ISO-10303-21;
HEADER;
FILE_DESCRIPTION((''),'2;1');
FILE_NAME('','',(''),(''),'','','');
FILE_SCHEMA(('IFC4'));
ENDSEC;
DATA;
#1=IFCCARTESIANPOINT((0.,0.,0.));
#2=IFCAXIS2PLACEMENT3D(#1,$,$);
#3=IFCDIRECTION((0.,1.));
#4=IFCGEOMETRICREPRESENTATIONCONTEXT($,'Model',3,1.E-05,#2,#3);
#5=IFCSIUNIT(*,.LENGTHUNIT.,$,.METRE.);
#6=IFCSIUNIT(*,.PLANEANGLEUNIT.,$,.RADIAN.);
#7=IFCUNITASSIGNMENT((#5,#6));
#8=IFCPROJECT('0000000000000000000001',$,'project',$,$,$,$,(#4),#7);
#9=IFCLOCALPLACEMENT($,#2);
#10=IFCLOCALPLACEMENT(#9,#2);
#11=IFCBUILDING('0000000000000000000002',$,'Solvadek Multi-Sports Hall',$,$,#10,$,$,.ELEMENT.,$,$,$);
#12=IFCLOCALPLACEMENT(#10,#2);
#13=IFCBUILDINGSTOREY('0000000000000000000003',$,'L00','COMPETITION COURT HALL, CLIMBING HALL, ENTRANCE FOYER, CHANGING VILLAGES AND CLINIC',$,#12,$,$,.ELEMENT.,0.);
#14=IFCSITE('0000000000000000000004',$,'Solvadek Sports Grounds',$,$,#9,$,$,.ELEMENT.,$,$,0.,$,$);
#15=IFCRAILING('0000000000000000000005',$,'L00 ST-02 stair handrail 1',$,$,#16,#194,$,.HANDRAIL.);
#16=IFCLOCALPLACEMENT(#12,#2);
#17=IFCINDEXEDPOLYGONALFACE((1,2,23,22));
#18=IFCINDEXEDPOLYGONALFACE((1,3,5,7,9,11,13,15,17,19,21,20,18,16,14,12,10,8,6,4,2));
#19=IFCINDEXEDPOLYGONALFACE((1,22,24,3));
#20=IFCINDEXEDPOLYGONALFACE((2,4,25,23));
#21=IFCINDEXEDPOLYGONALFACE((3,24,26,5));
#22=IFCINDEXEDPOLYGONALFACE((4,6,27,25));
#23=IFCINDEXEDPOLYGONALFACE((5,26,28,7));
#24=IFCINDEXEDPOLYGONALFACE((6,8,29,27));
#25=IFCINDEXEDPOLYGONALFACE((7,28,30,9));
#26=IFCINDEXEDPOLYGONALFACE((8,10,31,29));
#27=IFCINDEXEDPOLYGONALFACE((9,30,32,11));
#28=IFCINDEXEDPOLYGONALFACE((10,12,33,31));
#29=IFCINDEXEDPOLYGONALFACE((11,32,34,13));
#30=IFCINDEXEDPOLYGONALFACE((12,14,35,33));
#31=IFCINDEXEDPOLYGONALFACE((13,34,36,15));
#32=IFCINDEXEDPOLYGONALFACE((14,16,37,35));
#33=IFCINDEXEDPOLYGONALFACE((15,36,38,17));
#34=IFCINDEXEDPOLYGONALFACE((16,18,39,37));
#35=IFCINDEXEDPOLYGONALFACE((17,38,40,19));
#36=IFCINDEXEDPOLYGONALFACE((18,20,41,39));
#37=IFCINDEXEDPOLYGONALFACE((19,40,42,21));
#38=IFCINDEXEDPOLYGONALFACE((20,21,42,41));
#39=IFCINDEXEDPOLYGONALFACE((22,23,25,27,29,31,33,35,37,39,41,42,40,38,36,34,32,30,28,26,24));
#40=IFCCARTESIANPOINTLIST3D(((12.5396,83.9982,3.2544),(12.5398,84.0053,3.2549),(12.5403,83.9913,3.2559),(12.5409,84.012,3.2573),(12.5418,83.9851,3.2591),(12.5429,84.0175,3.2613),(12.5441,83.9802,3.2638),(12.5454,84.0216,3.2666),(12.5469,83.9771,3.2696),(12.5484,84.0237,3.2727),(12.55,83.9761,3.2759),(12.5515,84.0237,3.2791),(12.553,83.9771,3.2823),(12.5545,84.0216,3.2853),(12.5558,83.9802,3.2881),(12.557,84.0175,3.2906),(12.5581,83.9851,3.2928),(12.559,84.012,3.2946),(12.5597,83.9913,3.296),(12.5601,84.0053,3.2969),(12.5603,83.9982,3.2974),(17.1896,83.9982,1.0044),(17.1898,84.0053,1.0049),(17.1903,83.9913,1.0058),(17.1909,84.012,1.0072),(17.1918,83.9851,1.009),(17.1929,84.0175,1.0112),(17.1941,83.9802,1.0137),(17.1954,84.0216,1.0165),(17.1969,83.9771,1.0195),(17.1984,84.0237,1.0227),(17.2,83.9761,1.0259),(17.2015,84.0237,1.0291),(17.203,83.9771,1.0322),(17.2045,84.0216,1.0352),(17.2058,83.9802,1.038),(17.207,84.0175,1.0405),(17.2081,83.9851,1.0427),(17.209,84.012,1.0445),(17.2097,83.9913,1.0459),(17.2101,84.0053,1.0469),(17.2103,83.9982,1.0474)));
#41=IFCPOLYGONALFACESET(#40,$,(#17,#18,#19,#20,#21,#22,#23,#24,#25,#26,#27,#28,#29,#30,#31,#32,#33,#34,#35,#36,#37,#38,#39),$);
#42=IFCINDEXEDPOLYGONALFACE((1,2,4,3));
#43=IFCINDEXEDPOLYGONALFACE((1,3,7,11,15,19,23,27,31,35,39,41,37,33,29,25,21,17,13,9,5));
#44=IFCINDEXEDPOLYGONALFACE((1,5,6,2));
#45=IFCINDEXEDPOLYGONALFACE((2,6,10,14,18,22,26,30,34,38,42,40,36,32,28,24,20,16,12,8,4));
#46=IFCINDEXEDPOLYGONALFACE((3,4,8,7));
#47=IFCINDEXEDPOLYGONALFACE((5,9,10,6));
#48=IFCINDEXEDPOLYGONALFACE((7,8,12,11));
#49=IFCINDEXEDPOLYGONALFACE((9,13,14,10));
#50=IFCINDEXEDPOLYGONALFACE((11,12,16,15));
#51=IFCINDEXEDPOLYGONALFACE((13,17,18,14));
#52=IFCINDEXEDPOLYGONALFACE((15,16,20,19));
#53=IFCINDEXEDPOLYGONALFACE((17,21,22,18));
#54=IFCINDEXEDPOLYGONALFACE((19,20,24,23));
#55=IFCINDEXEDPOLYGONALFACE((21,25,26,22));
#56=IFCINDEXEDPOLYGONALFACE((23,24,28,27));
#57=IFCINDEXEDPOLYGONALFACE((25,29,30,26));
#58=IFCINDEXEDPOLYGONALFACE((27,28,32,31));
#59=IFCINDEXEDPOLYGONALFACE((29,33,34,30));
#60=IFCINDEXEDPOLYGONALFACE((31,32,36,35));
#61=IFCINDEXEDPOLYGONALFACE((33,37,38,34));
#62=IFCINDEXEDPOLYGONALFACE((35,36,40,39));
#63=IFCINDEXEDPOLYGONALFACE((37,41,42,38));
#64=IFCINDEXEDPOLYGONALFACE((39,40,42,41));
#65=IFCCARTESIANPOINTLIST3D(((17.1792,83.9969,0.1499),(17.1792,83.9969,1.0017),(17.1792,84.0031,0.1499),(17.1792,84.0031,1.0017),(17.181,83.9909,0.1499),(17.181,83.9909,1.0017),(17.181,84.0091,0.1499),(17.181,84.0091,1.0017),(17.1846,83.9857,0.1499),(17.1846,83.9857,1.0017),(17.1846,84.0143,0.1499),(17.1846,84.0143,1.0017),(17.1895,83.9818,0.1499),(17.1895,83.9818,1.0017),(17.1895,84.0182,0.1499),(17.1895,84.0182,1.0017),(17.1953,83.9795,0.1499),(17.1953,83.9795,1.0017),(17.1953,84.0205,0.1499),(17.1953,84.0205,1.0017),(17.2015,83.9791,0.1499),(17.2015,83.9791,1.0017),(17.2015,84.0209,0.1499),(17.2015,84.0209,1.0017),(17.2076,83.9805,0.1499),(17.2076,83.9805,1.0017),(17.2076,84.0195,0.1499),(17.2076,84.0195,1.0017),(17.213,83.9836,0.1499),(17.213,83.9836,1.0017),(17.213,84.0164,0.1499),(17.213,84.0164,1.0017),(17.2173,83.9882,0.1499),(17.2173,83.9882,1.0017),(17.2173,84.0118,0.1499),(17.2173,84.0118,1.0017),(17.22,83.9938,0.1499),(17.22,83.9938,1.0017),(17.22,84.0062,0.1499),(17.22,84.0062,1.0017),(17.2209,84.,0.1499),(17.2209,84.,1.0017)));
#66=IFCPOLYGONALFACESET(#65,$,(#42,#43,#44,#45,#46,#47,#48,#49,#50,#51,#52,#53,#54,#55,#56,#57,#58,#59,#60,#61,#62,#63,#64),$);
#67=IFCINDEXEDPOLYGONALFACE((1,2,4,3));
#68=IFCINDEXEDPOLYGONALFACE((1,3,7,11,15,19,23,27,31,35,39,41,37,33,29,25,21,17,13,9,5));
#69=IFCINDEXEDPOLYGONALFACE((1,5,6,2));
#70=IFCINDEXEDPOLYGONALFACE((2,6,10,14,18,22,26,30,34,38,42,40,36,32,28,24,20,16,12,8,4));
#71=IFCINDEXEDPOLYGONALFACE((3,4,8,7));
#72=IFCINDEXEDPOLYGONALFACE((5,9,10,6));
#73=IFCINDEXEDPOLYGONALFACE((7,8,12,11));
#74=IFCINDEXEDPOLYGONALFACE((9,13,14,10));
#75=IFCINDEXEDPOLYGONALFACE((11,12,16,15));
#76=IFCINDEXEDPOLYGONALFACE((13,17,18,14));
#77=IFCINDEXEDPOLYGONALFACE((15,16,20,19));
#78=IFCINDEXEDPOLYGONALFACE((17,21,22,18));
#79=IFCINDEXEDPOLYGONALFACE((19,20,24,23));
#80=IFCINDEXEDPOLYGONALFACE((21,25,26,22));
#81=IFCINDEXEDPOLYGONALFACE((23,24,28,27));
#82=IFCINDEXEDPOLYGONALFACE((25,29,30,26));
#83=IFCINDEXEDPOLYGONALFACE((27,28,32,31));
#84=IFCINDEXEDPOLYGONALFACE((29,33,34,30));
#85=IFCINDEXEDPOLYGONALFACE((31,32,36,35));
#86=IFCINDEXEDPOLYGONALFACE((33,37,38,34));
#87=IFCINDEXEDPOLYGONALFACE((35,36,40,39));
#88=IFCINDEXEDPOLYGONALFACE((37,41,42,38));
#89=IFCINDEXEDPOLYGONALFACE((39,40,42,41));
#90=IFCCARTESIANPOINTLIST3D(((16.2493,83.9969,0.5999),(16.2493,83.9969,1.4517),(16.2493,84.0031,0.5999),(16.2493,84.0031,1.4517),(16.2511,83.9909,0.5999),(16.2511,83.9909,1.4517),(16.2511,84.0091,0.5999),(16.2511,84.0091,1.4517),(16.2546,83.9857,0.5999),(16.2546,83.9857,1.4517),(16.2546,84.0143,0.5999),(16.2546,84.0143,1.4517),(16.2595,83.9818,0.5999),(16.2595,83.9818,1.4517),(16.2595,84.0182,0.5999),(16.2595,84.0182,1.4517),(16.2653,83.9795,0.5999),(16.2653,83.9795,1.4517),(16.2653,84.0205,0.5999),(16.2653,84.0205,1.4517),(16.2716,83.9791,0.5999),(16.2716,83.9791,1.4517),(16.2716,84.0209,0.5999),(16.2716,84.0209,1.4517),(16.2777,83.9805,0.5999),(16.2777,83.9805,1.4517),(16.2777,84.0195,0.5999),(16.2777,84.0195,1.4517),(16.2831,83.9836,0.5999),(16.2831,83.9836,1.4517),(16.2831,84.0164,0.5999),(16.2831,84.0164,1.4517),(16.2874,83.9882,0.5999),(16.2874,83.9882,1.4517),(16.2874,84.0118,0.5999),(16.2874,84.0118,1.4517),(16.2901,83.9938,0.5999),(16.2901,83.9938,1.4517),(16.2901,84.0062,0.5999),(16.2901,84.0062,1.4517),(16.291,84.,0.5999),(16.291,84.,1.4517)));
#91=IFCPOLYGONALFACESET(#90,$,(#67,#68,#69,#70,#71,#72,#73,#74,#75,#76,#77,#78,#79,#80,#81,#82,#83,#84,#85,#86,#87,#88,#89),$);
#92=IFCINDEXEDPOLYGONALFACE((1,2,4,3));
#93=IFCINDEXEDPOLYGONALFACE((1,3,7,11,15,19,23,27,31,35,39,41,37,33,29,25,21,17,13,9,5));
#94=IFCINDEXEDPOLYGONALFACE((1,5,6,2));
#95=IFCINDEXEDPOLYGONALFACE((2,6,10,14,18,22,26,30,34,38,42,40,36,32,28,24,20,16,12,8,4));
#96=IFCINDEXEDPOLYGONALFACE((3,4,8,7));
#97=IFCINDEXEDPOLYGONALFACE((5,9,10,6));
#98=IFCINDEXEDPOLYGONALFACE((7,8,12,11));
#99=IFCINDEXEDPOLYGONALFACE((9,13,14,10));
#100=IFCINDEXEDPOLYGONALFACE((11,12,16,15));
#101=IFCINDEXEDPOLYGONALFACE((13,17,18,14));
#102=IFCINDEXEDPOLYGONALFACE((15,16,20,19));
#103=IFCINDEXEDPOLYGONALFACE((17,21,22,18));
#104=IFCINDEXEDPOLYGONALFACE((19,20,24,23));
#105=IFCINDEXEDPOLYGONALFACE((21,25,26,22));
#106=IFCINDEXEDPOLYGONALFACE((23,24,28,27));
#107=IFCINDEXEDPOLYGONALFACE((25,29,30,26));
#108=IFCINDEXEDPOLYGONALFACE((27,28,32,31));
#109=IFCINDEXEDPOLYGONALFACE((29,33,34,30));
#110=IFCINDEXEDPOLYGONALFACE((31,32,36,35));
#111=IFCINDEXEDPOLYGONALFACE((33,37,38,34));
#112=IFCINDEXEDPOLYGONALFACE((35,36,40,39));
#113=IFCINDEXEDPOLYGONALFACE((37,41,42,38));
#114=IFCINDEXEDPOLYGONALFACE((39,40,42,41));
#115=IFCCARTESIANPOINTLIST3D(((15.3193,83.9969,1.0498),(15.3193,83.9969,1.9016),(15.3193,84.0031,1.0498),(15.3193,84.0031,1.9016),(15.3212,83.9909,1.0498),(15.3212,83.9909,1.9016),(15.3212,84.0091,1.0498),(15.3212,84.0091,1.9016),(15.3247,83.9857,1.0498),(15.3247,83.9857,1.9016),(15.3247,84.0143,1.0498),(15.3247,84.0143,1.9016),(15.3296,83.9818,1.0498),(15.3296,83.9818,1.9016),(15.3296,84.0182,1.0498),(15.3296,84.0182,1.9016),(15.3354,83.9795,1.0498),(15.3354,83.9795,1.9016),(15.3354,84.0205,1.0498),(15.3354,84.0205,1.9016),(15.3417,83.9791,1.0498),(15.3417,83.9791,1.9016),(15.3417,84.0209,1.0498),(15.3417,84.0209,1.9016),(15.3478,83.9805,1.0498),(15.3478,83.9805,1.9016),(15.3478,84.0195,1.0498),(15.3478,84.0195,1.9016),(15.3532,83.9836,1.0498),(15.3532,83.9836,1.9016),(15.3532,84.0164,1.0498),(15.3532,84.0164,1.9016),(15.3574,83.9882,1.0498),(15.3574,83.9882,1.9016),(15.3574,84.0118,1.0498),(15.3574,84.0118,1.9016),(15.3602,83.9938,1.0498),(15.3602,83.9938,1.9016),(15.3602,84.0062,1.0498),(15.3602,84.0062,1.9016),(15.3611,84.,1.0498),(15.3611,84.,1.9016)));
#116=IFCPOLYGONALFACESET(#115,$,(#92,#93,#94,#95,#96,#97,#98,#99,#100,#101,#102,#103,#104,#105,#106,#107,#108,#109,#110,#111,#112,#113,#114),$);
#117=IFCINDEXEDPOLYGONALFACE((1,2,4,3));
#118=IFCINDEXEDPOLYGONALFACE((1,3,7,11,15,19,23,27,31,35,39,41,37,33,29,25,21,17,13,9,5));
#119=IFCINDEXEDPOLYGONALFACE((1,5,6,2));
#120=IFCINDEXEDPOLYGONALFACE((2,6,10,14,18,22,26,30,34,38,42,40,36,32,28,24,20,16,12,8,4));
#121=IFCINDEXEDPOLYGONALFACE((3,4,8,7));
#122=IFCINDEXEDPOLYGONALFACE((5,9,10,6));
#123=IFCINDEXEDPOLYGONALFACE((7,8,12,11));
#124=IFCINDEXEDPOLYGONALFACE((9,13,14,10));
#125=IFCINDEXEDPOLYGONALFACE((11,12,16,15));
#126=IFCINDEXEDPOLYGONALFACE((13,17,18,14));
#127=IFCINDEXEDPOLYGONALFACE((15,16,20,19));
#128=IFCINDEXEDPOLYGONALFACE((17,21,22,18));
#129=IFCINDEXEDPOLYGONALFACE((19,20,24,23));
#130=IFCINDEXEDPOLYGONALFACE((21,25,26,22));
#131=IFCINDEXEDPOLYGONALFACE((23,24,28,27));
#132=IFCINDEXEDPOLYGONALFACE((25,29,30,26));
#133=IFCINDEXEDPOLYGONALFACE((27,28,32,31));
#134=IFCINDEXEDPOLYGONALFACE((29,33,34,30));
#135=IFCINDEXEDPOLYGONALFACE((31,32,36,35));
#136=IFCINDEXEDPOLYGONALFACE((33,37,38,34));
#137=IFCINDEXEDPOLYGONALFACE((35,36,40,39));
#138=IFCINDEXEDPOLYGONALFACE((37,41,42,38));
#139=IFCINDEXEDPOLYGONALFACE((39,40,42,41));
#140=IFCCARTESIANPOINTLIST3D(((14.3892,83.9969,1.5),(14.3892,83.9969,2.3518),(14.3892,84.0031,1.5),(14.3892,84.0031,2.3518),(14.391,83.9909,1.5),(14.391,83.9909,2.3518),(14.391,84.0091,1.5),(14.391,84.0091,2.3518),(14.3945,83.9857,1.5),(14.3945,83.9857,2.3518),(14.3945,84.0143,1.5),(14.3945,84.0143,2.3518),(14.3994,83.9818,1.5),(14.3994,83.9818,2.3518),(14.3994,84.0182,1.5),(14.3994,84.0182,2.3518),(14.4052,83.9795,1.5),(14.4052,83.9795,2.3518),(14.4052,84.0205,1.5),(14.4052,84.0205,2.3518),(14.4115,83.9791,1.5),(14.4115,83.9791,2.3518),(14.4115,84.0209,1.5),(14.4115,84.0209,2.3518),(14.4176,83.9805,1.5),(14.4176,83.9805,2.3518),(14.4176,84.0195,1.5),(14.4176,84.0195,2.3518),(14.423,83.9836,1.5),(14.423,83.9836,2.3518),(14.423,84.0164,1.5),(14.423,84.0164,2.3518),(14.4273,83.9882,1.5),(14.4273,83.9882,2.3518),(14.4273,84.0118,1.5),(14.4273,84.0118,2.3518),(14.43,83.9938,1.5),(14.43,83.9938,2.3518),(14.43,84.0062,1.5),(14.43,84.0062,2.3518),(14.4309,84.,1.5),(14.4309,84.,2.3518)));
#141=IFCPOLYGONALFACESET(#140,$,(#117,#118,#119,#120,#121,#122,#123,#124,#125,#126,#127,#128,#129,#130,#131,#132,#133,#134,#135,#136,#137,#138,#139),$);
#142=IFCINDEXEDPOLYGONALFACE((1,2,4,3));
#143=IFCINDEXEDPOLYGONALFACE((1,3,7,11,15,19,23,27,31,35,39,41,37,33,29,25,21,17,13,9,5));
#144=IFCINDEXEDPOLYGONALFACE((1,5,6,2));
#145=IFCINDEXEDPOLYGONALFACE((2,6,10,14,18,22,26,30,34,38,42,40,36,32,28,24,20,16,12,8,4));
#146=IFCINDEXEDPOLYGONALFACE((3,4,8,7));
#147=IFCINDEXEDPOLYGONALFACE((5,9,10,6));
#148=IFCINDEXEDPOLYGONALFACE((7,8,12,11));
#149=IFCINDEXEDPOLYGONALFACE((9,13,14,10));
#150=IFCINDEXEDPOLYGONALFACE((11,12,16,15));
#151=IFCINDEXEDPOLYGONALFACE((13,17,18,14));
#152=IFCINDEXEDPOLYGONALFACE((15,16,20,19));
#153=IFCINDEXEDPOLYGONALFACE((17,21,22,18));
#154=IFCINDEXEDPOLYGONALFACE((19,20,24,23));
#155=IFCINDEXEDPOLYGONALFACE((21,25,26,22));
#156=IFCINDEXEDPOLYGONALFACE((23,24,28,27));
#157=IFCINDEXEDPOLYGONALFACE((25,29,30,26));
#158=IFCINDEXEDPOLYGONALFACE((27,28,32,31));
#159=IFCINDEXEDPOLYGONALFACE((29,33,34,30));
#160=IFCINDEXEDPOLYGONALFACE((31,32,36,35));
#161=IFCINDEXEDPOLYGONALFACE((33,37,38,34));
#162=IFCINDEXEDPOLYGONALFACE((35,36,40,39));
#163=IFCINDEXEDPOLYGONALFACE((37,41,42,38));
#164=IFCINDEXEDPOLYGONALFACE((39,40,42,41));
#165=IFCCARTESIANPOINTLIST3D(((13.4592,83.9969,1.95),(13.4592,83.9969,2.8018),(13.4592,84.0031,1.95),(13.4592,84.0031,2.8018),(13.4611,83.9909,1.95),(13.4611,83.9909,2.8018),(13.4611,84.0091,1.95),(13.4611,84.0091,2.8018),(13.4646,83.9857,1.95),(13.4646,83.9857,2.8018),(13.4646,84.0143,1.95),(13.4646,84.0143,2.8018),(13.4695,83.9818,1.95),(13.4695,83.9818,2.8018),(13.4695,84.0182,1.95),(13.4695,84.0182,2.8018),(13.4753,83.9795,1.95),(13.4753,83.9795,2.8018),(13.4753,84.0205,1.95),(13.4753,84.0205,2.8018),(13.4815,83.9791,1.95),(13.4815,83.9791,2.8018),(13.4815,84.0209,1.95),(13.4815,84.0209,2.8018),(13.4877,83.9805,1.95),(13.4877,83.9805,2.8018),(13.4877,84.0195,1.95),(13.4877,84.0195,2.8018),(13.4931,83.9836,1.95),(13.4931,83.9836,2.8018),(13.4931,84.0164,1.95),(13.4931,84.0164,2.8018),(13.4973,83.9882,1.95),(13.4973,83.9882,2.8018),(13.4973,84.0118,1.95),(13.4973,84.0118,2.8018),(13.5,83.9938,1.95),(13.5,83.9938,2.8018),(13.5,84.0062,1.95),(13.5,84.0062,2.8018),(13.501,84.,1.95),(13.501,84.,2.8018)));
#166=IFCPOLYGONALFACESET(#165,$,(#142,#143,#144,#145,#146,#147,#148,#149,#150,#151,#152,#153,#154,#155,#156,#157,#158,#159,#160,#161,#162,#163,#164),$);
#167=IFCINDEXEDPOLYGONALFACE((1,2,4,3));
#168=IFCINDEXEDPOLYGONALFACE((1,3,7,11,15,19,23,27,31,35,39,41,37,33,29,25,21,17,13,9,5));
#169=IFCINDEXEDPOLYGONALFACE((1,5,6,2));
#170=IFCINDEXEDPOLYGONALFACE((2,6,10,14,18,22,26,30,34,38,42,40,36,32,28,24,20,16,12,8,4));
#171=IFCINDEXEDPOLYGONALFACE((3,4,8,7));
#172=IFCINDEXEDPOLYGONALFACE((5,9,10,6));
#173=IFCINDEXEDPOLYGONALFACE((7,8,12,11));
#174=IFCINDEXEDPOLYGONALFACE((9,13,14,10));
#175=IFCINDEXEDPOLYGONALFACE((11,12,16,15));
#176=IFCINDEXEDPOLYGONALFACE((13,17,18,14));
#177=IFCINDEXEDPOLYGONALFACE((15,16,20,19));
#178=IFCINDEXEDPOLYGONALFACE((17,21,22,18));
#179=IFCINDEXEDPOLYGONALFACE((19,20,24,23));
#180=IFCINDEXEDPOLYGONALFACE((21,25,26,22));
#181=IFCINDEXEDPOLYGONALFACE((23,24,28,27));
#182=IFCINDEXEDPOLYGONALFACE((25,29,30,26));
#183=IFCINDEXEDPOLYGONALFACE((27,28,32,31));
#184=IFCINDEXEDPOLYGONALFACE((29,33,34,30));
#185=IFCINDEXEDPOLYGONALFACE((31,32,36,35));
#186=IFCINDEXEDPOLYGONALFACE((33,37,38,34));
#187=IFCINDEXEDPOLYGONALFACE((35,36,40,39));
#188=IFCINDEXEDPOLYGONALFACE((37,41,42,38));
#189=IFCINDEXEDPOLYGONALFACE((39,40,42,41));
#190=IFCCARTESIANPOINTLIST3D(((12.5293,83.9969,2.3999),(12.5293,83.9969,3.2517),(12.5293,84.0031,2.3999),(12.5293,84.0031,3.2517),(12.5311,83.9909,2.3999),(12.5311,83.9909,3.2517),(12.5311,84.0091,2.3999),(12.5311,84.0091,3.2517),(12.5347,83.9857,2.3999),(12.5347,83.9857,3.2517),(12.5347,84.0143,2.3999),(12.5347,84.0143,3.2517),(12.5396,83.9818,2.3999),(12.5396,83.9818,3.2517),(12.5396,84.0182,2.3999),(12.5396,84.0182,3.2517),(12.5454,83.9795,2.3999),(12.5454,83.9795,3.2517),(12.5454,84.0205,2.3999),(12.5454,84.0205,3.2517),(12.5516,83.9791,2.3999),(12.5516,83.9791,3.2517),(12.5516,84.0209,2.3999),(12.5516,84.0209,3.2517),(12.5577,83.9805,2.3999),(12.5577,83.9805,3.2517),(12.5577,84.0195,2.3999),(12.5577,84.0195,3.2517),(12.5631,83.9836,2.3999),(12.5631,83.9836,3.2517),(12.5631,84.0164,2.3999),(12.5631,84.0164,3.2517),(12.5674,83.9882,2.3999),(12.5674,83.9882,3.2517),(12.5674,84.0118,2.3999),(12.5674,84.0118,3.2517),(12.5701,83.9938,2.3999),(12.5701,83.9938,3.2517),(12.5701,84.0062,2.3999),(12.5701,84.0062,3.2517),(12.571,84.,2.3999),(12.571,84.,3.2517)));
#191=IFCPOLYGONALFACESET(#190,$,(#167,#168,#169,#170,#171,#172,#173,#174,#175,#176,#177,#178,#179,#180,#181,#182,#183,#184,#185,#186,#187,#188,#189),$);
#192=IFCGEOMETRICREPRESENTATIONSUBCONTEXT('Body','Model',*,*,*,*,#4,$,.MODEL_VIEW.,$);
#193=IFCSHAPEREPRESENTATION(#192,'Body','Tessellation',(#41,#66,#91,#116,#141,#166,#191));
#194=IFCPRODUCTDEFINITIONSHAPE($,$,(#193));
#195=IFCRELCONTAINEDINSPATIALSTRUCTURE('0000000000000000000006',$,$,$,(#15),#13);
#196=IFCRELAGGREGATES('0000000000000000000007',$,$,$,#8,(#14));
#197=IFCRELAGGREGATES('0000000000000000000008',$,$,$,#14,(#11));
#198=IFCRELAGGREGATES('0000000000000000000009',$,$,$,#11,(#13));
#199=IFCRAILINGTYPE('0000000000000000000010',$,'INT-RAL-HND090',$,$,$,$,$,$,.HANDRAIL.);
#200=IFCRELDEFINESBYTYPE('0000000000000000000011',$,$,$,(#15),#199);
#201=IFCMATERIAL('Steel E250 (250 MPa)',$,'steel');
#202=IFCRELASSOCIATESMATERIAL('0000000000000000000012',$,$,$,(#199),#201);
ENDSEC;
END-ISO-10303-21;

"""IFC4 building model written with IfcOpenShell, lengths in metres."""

from ifc_helpers import new_model, si_unit, direction, frame, origin, origin_2d, place, context, subcontext, project, spatial, circle, extrude, material, type_object, element, save


model = new_model("IFC4")

# Units and contexts
model_context = context("Model", 3, precision=1e-05, world=origin(), true_north=direction((0.0, 1.0)))
body_context = subcontext(model_context, "Body", "Model", "MODEL_VIEW")
ifc_project = project(units=[si_unit("LENGTHUNIT", "METRE"), si_unit("PLANEANGLEUNIT", "RADIAN")], contexts=[model_context])

# Site, building, storey
site_placement = place(None, origin())
site = spatial("IfcSite", under=ifc_project, at=site_placement, Name="Solvadek Sports Grounds", CompositionType="ELEMENT", RefElevation=0.0)
building_placement = place(site_placement, origin())
building = spatial("IfcBuilding", under=site, at=building_placement, Name="Solvadek Multi-Sports Hall", CompositionType="ELEMENT")
storey_placement = place(building_placement, origin())
storey = spatial("IfcBuildingStorey", under=building, at=storey_placement, Name="L00", Description="COMPETITION COURT HALL, CLIMBING HALL, ENTRANCE FOYER, CHANGING VILLAGES AND CLINIC", CompositionType="ELEMENT", Elevation=0.0)

# Shared definitions
ifc_material_1 = material(Name="Steel E250 (250 MPa)", Category="steel")

# Railing
railing_type_1 = type_object("IfcRailingType", Name="INT-RAL-HND090", PredefinedType="HANDRAIL", material=ifc_material_1)
railing_1_placement = place(storey_placement, frame((17.2, 84.0, 0.1499)))
element("IfcRailing", 1, at=railing_1_placement, inside=storey, type_object=railing_type_1, Name="L00 ST-02 stair handrail 1", PredefinedType="HANDRAIL", context=body_context, shape_type="SweptSolid", body=[
    extrude(circle(Radius=0.0239, at=origin_2d()), frame((0.0, 0.0, 0.876), z_axis=(-0.900156, 0.0, 0.435568), x_axis=(0.0, -1.0, 0.0)), (0.0, 0.0, 1.0), 5.1658),
    extrude(circle(Radius=0.021, at=origin_2d()), origin(), (0.0, 0.0, 1.0), 0.8518),
    extrude(circle(Radius=0.021, at=origin_2d()), frame((-0.9299, 0.0, 0.45)), (0.0, 0.0, 1.0), 0.8518),
    extrude(circle(Radius=0.021, at=origin_2d()), frame((-1.8599, 0.0, 0.8999)), (0.0, 0.0, 1.0), 0.8518),
    extrude(circle(Radius=0.021, at=origin_2d()), frame((-2.79, 0.0, 1.3501)), (0.0, 0.0, 1.0), 0.8518),
    extrude(circle(Radius=0.021, at=origin_2d()), frame((-3.72, 0.0, 1.8)), (0.0, 0.0, 1.0), 0.8518),
    extrude(circle(Radius=0.021, at=origin_2d()), frame((-4.6499, 0.0, 2.25)), (0.0, 0.0, 1.0), 0.8518),
])

save(model, "model.ifc")
